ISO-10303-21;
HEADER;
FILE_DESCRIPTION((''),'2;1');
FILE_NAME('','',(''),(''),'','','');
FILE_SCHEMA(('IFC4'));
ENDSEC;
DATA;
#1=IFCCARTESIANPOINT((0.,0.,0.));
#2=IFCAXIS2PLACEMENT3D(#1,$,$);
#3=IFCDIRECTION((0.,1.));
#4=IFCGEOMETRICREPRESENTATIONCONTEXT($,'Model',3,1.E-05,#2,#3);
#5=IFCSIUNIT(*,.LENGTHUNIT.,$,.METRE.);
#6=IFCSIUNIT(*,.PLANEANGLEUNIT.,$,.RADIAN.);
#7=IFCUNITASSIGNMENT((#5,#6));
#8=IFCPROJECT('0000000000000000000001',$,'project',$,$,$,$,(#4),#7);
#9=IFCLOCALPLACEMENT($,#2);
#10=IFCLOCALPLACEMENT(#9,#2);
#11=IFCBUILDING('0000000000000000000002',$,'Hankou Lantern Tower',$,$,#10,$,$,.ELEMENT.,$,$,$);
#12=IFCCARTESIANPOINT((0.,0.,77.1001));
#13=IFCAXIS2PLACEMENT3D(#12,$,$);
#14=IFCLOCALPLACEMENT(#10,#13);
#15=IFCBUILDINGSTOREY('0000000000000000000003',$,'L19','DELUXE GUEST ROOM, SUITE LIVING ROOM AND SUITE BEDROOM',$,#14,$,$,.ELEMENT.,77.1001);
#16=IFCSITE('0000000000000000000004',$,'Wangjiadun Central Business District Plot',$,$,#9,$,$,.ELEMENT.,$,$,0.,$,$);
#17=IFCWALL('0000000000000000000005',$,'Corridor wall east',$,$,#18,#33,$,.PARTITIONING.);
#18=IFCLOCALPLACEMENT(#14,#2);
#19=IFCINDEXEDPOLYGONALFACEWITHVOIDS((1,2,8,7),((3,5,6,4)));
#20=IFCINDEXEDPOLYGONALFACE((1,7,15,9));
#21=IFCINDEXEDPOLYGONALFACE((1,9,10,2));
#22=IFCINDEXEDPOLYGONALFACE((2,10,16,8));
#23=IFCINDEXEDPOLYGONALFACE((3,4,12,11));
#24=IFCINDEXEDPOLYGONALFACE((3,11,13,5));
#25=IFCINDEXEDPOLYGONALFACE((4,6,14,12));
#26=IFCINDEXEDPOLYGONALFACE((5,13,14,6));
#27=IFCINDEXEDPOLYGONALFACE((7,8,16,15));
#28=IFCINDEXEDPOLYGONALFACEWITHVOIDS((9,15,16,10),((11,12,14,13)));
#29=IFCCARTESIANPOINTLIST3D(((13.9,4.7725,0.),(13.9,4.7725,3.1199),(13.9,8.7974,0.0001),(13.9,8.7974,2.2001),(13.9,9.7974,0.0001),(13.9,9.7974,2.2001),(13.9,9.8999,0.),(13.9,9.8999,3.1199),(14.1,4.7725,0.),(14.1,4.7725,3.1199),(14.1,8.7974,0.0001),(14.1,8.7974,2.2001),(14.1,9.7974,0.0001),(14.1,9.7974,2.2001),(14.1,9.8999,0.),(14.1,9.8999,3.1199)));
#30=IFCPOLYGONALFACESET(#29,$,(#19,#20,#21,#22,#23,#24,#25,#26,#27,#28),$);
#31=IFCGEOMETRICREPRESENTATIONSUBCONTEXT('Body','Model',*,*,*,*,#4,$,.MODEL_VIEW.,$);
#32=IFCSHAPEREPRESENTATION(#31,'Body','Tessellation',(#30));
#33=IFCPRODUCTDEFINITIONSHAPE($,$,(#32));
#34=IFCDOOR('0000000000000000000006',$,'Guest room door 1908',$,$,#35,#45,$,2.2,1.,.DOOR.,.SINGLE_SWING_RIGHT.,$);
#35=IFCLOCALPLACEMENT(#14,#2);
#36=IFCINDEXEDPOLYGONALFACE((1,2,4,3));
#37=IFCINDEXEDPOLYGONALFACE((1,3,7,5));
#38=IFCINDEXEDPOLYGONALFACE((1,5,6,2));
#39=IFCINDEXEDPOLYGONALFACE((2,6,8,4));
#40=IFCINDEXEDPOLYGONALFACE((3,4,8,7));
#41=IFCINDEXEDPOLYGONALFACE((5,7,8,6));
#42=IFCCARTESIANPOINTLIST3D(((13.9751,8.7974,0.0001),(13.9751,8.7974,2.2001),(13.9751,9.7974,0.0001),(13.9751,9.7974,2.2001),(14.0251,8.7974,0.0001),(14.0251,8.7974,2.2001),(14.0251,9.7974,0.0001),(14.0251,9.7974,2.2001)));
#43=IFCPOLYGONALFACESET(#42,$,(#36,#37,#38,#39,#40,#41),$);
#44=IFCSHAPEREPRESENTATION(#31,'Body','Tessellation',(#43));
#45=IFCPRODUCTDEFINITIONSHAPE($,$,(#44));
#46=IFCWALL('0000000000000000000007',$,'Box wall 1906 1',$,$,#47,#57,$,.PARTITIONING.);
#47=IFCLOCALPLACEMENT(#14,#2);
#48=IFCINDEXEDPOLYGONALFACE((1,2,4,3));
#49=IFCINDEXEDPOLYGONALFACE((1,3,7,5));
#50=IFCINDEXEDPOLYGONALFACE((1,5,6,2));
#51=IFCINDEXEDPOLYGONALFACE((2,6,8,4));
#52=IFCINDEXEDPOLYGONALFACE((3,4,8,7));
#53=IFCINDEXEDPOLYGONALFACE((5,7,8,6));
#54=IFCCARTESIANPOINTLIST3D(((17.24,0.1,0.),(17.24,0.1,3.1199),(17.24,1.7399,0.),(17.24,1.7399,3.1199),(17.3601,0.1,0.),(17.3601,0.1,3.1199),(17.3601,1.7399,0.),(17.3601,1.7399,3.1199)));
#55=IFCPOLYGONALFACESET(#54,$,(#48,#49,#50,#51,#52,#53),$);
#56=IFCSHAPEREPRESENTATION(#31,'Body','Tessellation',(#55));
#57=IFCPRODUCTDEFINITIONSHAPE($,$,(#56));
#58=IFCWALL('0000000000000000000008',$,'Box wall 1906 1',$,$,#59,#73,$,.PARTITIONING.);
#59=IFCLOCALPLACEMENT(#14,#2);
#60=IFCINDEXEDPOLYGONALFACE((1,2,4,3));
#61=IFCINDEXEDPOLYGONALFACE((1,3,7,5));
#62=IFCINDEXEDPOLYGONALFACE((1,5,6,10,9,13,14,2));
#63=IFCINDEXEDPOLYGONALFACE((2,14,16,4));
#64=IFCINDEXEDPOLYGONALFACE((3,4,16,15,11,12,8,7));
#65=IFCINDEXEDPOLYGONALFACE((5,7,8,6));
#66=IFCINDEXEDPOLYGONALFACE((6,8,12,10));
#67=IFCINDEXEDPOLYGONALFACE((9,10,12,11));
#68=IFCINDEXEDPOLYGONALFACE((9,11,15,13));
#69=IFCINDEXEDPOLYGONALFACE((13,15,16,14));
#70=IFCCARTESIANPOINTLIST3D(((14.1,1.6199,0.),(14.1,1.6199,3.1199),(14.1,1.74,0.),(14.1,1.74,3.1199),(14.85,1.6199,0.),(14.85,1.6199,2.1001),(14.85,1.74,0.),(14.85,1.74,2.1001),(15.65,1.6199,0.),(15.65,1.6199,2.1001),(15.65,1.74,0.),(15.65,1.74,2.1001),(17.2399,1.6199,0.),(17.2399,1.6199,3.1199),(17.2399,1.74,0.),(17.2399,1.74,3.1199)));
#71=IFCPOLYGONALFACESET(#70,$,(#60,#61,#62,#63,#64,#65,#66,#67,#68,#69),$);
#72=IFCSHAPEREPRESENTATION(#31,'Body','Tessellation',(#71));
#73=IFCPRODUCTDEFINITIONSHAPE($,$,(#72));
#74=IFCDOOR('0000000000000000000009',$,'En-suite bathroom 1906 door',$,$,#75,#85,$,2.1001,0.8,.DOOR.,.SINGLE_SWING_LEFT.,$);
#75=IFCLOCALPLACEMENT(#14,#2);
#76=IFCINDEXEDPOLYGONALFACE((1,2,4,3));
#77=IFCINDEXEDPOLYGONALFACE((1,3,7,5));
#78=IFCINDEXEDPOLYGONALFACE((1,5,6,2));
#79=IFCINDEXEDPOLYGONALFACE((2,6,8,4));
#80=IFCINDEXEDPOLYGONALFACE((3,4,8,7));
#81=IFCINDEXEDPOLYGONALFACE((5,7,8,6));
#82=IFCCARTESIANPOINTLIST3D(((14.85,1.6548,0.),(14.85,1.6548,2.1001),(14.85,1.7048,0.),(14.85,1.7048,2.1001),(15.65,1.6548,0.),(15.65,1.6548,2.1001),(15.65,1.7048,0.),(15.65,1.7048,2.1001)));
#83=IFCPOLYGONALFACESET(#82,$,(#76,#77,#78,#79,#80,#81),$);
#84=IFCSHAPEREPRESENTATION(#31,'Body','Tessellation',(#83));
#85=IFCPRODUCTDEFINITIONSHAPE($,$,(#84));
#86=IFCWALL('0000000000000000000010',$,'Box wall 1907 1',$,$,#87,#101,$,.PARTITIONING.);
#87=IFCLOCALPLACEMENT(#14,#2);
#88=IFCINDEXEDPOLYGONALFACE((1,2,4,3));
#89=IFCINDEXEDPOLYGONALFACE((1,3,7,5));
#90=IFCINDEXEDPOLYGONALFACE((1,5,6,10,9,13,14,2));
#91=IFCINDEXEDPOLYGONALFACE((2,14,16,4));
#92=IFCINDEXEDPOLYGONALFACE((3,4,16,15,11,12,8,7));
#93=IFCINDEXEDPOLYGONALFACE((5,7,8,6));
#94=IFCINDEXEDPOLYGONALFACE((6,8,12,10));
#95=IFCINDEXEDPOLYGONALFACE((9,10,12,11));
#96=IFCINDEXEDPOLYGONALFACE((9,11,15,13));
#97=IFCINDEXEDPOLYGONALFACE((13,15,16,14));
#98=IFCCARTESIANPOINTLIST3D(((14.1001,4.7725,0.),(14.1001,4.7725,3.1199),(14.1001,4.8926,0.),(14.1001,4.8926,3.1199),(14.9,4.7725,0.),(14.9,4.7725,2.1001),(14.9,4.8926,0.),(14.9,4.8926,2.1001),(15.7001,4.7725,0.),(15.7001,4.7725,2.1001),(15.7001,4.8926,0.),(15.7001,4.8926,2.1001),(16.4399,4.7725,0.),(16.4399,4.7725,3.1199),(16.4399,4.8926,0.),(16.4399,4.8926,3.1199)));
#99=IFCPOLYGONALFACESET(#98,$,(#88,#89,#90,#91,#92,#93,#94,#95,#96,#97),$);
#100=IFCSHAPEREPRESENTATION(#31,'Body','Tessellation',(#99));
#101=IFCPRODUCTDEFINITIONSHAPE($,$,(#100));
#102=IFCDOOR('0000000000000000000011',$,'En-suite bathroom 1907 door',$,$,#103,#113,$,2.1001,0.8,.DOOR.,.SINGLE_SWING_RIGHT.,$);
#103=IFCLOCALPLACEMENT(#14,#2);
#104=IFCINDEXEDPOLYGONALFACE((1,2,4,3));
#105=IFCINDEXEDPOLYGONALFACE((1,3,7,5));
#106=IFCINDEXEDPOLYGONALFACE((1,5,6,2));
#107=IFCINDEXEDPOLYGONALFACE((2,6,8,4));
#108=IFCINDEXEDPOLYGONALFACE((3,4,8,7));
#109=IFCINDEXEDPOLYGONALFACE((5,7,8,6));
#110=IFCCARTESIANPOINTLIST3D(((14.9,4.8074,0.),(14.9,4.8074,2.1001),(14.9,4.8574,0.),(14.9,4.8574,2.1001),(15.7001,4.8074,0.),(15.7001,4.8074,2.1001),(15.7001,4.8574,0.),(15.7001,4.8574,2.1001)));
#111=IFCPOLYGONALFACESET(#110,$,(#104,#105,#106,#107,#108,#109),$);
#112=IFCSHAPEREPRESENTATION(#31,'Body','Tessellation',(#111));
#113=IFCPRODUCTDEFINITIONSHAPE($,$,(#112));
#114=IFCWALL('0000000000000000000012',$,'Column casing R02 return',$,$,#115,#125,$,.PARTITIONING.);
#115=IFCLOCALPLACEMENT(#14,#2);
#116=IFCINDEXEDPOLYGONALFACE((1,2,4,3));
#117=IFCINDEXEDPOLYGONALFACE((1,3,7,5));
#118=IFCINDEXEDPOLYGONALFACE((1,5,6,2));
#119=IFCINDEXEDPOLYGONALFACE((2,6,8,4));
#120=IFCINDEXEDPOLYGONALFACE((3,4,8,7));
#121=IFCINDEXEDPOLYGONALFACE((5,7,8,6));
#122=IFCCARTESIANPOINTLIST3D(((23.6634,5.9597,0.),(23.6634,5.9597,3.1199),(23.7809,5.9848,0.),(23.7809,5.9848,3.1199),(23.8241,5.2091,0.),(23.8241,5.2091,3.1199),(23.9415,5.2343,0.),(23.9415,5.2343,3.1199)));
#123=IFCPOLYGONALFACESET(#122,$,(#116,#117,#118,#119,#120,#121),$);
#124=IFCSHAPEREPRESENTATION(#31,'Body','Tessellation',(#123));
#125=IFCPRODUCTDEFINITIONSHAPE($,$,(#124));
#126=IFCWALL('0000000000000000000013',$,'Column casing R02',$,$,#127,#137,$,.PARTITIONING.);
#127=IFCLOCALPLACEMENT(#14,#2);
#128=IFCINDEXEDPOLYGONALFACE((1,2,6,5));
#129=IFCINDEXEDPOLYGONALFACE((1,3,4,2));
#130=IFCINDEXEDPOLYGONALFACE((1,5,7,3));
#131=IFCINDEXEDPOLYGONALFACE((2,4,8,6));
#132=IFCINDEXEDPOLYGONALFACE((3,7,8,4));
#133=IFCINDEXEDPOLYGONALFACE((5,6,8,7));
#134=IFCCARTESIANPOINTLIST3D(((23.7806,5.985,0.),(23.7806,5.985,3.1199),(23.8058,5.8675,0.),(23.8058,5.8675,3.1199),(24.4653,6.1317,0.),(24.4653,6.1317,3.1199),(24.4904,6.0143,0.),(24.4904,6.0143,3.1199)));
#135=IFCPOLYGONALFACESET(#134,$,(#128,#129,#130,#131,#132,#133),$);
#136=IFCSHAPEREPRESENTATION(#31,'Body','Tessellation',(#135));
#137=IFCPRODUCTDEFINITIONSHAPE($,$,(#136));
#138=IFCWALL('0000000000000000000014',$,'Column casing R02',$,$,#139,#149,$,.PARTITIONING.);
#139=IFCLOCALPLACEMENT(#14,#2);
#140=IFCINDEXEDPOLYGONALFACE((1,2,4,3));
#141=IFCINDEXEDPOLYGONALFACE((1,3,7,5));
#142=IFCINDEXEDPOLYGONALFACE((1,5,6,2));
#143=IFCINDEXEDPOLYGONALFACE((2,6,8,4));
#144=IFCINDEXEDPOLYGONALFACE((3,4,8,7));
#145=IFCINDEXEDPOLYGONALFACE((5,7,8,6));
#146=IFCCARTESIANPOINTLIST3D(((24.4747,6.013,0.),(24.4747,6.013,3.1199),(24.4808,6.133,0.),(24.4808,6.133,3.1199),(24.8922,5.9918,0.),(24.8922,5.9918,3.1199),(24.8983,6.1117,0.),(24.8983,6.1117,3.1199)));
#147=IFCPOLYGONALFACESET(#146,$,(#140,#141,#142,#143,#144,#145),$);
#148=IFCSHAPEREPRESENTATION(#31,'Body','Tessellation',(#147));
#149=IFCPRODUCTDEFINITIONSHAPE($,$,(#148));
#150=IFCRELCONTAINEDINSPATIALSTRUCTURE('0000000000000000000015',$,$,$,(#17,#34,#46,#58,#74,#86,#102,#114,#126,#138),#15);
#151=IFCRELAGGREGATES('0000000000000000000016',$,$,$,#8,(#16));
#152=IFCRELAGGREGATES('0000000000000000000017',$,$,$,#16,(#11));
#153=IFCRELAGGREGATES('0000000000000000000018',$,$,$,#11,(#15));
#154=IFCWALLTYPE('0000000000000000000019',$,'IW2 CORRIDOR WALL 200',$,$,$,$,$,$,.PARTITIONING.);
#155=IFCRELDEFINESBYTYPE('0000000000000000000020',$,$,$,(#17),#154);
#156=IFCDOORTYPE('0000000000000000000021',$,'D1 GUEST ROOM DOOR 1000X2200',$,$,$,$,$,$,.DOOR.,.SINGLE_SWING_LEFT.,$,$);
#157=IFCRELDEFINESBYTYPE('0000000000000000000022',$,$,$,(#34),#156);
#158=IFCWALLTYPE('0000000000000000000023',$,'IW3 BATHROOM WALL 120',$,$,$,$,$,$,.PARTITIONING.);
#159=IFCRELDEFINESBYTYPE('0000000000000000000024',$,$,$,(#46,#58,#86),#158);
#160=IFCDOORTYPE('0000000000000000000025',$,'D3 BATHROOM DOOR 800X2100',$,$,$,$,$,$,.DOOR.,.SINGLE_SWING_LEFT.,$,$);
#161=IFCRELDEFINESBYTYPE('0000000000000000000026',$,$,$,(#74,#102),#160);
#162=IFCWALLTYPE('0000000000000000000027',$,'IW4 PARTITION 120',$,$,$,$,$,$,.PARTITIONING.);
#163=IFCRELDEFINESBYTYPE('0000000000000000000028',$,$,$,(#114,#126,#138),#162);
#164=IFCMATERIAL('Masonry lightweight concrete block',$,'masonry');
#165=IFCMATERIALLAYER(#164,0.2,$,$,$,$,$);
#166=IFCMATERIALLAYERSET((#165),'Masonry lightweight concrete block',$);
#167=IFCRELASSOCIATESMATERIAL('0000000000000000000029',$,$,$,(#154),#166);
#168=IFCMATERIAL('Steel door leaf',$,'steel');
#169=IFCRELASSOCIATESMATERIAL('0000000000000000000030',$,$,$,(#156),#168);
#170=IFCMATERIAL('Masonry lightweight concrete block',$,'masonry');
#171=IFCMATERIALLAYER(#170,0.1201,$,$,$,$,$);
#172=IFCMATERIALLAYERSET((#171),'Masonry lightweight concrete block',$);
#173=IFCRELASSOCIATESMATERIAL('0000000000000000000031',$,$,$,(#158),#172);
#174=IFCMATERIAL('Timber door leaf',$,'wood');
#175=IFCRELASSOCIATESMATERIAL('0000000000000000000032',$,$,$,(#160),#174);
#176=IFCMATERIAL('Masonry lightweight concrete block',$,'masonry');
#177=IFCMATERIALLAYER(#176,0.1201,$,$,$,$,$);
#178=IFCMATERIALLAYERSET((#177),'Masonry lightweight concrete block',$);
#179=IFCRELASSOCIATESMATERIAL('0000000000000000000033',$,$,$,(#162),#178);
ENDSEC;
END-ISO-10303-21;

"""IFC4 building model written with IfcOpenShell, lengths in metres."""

from ifc_helpers import new_model, si_unit, direction, frame, frame_2d, origin, place, context, subcontext, project, spatial, rectangle, extrude, material, layer, layer_set, type_object, element, fill, save


model = new_model("IFC4")

# Units and contexts
model_context = context("Model", 3, precision=1e-05, world=origin(), true_north=direction((0.0, 1.0)))
body_context = subcontext(model_context, "Body", "Model", "MODEL_VIEW")
ifc_project = project(units=[si_unit("LENGTHUNIT", "METRE"), si_unit("PLANEANGLEUNIT", "RADIAN")], contexts=[model_context])

# Site, building, storey
site_placement = place(None, origin())
site = spatial("IfcSite", under=ifc_project, at=site_placement, Name="Wangjiadun Central Business District Plot", CompositionType="ELEMENT", RefElevation=0.0)
building_placement = place(site_placement, origin())
building = spatial("IfcBuilding", under=site, at=building_placement, Name="Hankou Lantern Tower", CompositionType="ELEMENT")
storey_placement = place(building_placement, frame((0.0, 0.0, 77.1001)))
storey = spatial("IfcBuildingStorey", under=building, at=storey_placement, Name="L19", Description="DELUXE GUEST ROOM, SUITE LIVING ROOM AND SUITE BEDROOM", CompositionType="ELEMENT", Elevation=77.1001)

# Shared definitions
ifc_material_1 = material(Name="Masonry lightweight concrete block", Category="masonry")
ifc_layer_1 = layer(ifc_material_1, 0.2)
ifc_layer_set_1 = layer_set([ifc_layer_1], Name="Masonry lightweight concrete block")
wall_type_1 = type_object("IfcWallType", Name="IW2 CORRIDOR WALL 200", PredefinedType="PARTITIONING", material=ifc_layer_set_1)
ifc_material_2 = material(Name="Steel door leaf", Category="steel")
door_type_1 = type_object("IfcDoorType", Name="D1 GUEST ROOM DOOR 1000X2200", OperationType="SINGLE_SWING_LEFT", PredefinedType="DOOR", material=ifc_material_2)

# Wall, opening, door
wall_1_placement = place(storey_placement, frame((14.0, 4.7725, 0.0), z_axis=(0.0, 0.0, 1.0), x_axis=(0.0, 1.0, 0.0)))
wall_1 = element("IfcWall", 1, at=wall_1_placement, inside=storey, type_object=wall_type_1, Name="Corridor wall east", PredefinedType="PARTITIONING", context=body_context, shape_type="SweptSolid", body=[
    extrude(rectangle(XDim=5.1274, YDim=0.2, at=frame_2d((2.5637, 0.0))), origin(), (0.0, 0.0, 1.0), 3.1199),
])
opening_1_placement = place(wall_1_placement, frame((4.0249, 0.0, 0.0)))
opening_1 = element("IfcOpeningElement", 2, at=opening_1_placement, cuts=wall_1, PredefinedType="OPENING", context=body_context, shape_type="SweptSolid", body=[
    extrude(rectangle(XDim=1.0, YDim=2.2, at=frame_2d((0.5, 1.1001))), frame((0.0, 0.1099, 0.0), z_axis=(0.0, -1.0, 0.0), x_axis=(1.0, 0.0, 0.0)), (0.0, 0.0, 1.0), 0.22),
])
door_1_placement = place(opening_1_placement, origin())
door_1 = element("IfcDoor", 3, at=door_1_placement, inside=storey, type_object=door_type_1, Name="Guest room door 1908", OperationType="SINGLE_SWING_RIGHT", OverallHeight=2.2, OverallWidth=1.0, PredefinedType="DOOR", context=body_context, shape_type="SweptSolid", body=[
    extrude(rectangle(XDim=1.0, YDim=2.2, at=frame_2d((0.5, 1.1001))), frame((0.0, 0.0249, 0.0), z_axis=(0.0, -1.0, 0.0), x_axis=(1.0, 0.0, 0.0)), (0.0, 0.0, 1.0), 0.05),
])
fill(opening_1, door_1)

# Wall
ifc_material_3 = material(Name="Masonry lightweight concrete block", Category="masonry")
ifc_layer_2 = layer(ifc_material_3, 0.1201)
ifc_layer_set_2 = layer_set([ifc_layer_2], Name="Masonry lightweight concrete block")
wall_type_2 = type_object("IfcWallType", Name="IW3 BATHROOM WALL 120", PredefinedType="PARTITIONING", material=ifc_layer_set_2)
wall_2_placement = place(storey_placement, frame((17.3, 0.1001, 0.0), z_axis=(0.0, 0.0, 1.0), x_axis=(0.0, 1.0, 0.0)))
element("IfcWall", 4, at=wall_2_placement, inside=storey, type_object=wall_type_2, Name="Box wall 1906 1", PredefinedType="PARTITIONING", context=body_context, shape_type="SweptSolid", body=[
    extrude(rectangle(XDim=1.6399, YDim=0.1201, at=frame_2d((0.8198, 0.0))), origin(), (0.0, 0.0, 1.0), 3.1199),
])

# Walls, openings, doors
wall_3_placement = place(storey_placement, frame((14.1001, 1.6799, 0.0), z_axis=(0.0, 0.0, 1.0), x_axis=(1.0, 0.0, 0.0)))
wall_3 = element("IfcWall", 5, at=wall_3_placement, inside=storey, type_object=wall_type_2, Name="Box wall 1906 1", PredefinedType="PARTITIONING", context=body_context, shape_type="SweptSolid", body=[
    extrude(rectangle(XDim=3.1399, YDim=0.1201, at=frame_2d((1.5698, 0.0))), origin(), (0.0, 0.0, 1.0), 3.1199),
])
opening_2_placement = place(wall_3_placement, frame((0.75, 0.0, 0.0)))
opening_2 = element("IfcOpeningElement", 6, at=opening_2_placement, cuts=wall_3, PredefinedType="OPENING", context=body_context, shape_type="SweptSolid", body=[
    extrude(rectangle(XDim=0.8, YDim=2.1001, at=frame_2d((0.3999, 1.05))), frame((0.0, 0.0701, 0.0), z_axis=(0.0, -1.0, 0.0), x_axis=(1.0, 0.0, 0.0)), (0.0, 0.0, 1.0), 0.1401),
])
ifc_material_4 = material(Name="Timber door leaf", Category="wood")
door_type_2 = type_object("IfcDoorType", Name="D3 BATHROOM DOOR 800X2100", OperationType="SINGLE_SWING_LEFT", PredefinedType="DOOR", material=ifc_material_4)
door_2_placement = place(opening_2_placement, origin())
door_2 = element("IfcDoor", 7, at=door_2_placement, inside=storey, type_object=door_type_2, Name="En-suite bathroom 1906 door", OperationType="SINGLE_SWING_LEFT", OverallHeight=2.1001, OverallWidth=0.8, PredefinedType="DOOR", context=body_context, shape_type="SweptSolid", body=[
    extrude(rectangle(XDim=0.8, YDim=2.1001, at=frame_2d((0.3999, 1.05))), frame((0.0, 0.0249, 0.0), z_axis=(0.0, -1.0, 0.0), x_axis=(1.0, 0.0, 0.0)), (0.0, 0.0, 1.0), 0.05),
])
fill(opening_2, door_2)
wall_4_placement = place(storey_placement, frame((14.1001, 4.8325, 0.0), z_axis=(0.0, 0.0, 1.0), x_axis=(1.0, 0.0, 0.0)))
wall_4 = element("IfcWall", 8, at=wall_4_placement, inside=storey, type_object=wall_type_2, Name="Box wall 1907 1", PredefinedType="PARTITIONING", context=body_context, shape_type="SweptSolid", body=[
    extrude(rectangle(XDim=2.3398, YDim=0.1201, at=frame_2d((1.1699, 0.0))), origin(), (0.0, 0.0, 1.0), 3.1199),
])
opening_3_placement = place(wall_4_placement, frame((0.8, 0.0, 0.0)))
opening_3 = element("IfcOpeningElement", 9, at=opening_3_placement, cuts=wall_4, PredefinedType="OPENING", context=body_context, shape_type="SweptSolid", body=[
    extrude(rectangle(XDim=0.8, YDim=2.1001, at=frame_2d((0.3999, 1.05))), frame((0.0, 0.0701, 0.0), z_axis=(0.0, -1.0, 0.0), x_axis=(1.0, 0.0, 0.0)), (0.0, 0.0, 1.0), 0.1401),
])
door_3_placement = place(opening_3_placement, origin())
door_3 = element("IfcDoor", 10, at=door_3_placement, inside=storey, type_object=door_type_2, Name="En-suite bathroom 1907 door", OperationType="SINGLE_SWING_RIGHT", OverallHeight=2.1001, OverallWidth=0.8, PredefinedType="DOOR", context=body_context, shape_type="SweptSolid", body=[
    extrude(rectangle(XDim=0.8, YDim=2.1001, at=frame_2d((0.3999, 1.05))), frame((0.0, 0.0249, 0.0), z_axis=(0.0, -1.0, 0.0), x_axis=(1.0, 0.0, 0.0)), (0.0, 0.0, 1.0), 0.05),
])
fill(opening_3, door_3)

# Walls
ifc_material_5 = material(Name="Masonry lightweight concrete block", Category="masonry")
ifc_layer_3 = layer(ifc_material_5, 0.1201)
ifc_layer_set_3 = layer_set([ifc_layer_3], Name="Masonry lightweight concrete block")
wall_type_3 = type_object("IfcWallType", Name="IW4 PARTITION 120", PredefinedType="PARTITIONING", material=ifc_layer_set_3)
wall_5_placement = place(storey_placement, frame((23.8828, 5.2217, 0.0), z_axis=(0.0, 0.0, 1.0), x_axis=(-0.209312, 0.977849, 0.0)))
element("IfcWall", 11, at=wall_5_placement, inside=storey, type_object=wall_type_3, Name="Column casing R02 return", PredefinedType="PARTITIONING", context=body_context, shape_type="SweptSolid", body=[
    extrude(rectangle(XDim=0.7676, YDim=0.1201, at=frame_2d((0.3838, 0.0))), origin(), (0.0, 0.0, 1.0), 3.1199),
])
wall_6_placement = place(storey_placement, frame((23.7932, 5.9263, 0.0), z_axis=(0.0, 0.0, 1.0), x_axis=(0.977792, 0.209577, 0.0)))
element("IfcWall", 12, at=wall_6_placement, inside=storey, type_object=wall_type_3, Name="Column casing R02", PredefinedType="PARTITIONING", context=body_context, shape_type="SweptSolid", body=[
    extrude(rectangle(XDim=0.7002, YDim=0.1201, at=frame_2d((0.3501, 0.0))), origin(), (0.0, 0.0, 1.0), 3.1199),
])
wall_7_placement = place(storey_placement, frame((24.4778, 6.073, 0.0), z_axis=(0.0, 0.0, 1.0), x_axis=(0.998708, -0.050811, 0.0)))
element("IfcWall", 13, at=wall_7_placement, inside=storey, type_object=wall_type_3, Name="Column casing R02", PredefinedType="PARTITIONING", context=body_context, shape_type="SweptSolid", body=[
    extrude(rectangle(XDim=0.418, YDim=0.1201, at=frame_2d((0.209, 0.0))), origin(), (0.0, 0.0, 1.0), 3.1199),
])

save(model, "model.ifc")
